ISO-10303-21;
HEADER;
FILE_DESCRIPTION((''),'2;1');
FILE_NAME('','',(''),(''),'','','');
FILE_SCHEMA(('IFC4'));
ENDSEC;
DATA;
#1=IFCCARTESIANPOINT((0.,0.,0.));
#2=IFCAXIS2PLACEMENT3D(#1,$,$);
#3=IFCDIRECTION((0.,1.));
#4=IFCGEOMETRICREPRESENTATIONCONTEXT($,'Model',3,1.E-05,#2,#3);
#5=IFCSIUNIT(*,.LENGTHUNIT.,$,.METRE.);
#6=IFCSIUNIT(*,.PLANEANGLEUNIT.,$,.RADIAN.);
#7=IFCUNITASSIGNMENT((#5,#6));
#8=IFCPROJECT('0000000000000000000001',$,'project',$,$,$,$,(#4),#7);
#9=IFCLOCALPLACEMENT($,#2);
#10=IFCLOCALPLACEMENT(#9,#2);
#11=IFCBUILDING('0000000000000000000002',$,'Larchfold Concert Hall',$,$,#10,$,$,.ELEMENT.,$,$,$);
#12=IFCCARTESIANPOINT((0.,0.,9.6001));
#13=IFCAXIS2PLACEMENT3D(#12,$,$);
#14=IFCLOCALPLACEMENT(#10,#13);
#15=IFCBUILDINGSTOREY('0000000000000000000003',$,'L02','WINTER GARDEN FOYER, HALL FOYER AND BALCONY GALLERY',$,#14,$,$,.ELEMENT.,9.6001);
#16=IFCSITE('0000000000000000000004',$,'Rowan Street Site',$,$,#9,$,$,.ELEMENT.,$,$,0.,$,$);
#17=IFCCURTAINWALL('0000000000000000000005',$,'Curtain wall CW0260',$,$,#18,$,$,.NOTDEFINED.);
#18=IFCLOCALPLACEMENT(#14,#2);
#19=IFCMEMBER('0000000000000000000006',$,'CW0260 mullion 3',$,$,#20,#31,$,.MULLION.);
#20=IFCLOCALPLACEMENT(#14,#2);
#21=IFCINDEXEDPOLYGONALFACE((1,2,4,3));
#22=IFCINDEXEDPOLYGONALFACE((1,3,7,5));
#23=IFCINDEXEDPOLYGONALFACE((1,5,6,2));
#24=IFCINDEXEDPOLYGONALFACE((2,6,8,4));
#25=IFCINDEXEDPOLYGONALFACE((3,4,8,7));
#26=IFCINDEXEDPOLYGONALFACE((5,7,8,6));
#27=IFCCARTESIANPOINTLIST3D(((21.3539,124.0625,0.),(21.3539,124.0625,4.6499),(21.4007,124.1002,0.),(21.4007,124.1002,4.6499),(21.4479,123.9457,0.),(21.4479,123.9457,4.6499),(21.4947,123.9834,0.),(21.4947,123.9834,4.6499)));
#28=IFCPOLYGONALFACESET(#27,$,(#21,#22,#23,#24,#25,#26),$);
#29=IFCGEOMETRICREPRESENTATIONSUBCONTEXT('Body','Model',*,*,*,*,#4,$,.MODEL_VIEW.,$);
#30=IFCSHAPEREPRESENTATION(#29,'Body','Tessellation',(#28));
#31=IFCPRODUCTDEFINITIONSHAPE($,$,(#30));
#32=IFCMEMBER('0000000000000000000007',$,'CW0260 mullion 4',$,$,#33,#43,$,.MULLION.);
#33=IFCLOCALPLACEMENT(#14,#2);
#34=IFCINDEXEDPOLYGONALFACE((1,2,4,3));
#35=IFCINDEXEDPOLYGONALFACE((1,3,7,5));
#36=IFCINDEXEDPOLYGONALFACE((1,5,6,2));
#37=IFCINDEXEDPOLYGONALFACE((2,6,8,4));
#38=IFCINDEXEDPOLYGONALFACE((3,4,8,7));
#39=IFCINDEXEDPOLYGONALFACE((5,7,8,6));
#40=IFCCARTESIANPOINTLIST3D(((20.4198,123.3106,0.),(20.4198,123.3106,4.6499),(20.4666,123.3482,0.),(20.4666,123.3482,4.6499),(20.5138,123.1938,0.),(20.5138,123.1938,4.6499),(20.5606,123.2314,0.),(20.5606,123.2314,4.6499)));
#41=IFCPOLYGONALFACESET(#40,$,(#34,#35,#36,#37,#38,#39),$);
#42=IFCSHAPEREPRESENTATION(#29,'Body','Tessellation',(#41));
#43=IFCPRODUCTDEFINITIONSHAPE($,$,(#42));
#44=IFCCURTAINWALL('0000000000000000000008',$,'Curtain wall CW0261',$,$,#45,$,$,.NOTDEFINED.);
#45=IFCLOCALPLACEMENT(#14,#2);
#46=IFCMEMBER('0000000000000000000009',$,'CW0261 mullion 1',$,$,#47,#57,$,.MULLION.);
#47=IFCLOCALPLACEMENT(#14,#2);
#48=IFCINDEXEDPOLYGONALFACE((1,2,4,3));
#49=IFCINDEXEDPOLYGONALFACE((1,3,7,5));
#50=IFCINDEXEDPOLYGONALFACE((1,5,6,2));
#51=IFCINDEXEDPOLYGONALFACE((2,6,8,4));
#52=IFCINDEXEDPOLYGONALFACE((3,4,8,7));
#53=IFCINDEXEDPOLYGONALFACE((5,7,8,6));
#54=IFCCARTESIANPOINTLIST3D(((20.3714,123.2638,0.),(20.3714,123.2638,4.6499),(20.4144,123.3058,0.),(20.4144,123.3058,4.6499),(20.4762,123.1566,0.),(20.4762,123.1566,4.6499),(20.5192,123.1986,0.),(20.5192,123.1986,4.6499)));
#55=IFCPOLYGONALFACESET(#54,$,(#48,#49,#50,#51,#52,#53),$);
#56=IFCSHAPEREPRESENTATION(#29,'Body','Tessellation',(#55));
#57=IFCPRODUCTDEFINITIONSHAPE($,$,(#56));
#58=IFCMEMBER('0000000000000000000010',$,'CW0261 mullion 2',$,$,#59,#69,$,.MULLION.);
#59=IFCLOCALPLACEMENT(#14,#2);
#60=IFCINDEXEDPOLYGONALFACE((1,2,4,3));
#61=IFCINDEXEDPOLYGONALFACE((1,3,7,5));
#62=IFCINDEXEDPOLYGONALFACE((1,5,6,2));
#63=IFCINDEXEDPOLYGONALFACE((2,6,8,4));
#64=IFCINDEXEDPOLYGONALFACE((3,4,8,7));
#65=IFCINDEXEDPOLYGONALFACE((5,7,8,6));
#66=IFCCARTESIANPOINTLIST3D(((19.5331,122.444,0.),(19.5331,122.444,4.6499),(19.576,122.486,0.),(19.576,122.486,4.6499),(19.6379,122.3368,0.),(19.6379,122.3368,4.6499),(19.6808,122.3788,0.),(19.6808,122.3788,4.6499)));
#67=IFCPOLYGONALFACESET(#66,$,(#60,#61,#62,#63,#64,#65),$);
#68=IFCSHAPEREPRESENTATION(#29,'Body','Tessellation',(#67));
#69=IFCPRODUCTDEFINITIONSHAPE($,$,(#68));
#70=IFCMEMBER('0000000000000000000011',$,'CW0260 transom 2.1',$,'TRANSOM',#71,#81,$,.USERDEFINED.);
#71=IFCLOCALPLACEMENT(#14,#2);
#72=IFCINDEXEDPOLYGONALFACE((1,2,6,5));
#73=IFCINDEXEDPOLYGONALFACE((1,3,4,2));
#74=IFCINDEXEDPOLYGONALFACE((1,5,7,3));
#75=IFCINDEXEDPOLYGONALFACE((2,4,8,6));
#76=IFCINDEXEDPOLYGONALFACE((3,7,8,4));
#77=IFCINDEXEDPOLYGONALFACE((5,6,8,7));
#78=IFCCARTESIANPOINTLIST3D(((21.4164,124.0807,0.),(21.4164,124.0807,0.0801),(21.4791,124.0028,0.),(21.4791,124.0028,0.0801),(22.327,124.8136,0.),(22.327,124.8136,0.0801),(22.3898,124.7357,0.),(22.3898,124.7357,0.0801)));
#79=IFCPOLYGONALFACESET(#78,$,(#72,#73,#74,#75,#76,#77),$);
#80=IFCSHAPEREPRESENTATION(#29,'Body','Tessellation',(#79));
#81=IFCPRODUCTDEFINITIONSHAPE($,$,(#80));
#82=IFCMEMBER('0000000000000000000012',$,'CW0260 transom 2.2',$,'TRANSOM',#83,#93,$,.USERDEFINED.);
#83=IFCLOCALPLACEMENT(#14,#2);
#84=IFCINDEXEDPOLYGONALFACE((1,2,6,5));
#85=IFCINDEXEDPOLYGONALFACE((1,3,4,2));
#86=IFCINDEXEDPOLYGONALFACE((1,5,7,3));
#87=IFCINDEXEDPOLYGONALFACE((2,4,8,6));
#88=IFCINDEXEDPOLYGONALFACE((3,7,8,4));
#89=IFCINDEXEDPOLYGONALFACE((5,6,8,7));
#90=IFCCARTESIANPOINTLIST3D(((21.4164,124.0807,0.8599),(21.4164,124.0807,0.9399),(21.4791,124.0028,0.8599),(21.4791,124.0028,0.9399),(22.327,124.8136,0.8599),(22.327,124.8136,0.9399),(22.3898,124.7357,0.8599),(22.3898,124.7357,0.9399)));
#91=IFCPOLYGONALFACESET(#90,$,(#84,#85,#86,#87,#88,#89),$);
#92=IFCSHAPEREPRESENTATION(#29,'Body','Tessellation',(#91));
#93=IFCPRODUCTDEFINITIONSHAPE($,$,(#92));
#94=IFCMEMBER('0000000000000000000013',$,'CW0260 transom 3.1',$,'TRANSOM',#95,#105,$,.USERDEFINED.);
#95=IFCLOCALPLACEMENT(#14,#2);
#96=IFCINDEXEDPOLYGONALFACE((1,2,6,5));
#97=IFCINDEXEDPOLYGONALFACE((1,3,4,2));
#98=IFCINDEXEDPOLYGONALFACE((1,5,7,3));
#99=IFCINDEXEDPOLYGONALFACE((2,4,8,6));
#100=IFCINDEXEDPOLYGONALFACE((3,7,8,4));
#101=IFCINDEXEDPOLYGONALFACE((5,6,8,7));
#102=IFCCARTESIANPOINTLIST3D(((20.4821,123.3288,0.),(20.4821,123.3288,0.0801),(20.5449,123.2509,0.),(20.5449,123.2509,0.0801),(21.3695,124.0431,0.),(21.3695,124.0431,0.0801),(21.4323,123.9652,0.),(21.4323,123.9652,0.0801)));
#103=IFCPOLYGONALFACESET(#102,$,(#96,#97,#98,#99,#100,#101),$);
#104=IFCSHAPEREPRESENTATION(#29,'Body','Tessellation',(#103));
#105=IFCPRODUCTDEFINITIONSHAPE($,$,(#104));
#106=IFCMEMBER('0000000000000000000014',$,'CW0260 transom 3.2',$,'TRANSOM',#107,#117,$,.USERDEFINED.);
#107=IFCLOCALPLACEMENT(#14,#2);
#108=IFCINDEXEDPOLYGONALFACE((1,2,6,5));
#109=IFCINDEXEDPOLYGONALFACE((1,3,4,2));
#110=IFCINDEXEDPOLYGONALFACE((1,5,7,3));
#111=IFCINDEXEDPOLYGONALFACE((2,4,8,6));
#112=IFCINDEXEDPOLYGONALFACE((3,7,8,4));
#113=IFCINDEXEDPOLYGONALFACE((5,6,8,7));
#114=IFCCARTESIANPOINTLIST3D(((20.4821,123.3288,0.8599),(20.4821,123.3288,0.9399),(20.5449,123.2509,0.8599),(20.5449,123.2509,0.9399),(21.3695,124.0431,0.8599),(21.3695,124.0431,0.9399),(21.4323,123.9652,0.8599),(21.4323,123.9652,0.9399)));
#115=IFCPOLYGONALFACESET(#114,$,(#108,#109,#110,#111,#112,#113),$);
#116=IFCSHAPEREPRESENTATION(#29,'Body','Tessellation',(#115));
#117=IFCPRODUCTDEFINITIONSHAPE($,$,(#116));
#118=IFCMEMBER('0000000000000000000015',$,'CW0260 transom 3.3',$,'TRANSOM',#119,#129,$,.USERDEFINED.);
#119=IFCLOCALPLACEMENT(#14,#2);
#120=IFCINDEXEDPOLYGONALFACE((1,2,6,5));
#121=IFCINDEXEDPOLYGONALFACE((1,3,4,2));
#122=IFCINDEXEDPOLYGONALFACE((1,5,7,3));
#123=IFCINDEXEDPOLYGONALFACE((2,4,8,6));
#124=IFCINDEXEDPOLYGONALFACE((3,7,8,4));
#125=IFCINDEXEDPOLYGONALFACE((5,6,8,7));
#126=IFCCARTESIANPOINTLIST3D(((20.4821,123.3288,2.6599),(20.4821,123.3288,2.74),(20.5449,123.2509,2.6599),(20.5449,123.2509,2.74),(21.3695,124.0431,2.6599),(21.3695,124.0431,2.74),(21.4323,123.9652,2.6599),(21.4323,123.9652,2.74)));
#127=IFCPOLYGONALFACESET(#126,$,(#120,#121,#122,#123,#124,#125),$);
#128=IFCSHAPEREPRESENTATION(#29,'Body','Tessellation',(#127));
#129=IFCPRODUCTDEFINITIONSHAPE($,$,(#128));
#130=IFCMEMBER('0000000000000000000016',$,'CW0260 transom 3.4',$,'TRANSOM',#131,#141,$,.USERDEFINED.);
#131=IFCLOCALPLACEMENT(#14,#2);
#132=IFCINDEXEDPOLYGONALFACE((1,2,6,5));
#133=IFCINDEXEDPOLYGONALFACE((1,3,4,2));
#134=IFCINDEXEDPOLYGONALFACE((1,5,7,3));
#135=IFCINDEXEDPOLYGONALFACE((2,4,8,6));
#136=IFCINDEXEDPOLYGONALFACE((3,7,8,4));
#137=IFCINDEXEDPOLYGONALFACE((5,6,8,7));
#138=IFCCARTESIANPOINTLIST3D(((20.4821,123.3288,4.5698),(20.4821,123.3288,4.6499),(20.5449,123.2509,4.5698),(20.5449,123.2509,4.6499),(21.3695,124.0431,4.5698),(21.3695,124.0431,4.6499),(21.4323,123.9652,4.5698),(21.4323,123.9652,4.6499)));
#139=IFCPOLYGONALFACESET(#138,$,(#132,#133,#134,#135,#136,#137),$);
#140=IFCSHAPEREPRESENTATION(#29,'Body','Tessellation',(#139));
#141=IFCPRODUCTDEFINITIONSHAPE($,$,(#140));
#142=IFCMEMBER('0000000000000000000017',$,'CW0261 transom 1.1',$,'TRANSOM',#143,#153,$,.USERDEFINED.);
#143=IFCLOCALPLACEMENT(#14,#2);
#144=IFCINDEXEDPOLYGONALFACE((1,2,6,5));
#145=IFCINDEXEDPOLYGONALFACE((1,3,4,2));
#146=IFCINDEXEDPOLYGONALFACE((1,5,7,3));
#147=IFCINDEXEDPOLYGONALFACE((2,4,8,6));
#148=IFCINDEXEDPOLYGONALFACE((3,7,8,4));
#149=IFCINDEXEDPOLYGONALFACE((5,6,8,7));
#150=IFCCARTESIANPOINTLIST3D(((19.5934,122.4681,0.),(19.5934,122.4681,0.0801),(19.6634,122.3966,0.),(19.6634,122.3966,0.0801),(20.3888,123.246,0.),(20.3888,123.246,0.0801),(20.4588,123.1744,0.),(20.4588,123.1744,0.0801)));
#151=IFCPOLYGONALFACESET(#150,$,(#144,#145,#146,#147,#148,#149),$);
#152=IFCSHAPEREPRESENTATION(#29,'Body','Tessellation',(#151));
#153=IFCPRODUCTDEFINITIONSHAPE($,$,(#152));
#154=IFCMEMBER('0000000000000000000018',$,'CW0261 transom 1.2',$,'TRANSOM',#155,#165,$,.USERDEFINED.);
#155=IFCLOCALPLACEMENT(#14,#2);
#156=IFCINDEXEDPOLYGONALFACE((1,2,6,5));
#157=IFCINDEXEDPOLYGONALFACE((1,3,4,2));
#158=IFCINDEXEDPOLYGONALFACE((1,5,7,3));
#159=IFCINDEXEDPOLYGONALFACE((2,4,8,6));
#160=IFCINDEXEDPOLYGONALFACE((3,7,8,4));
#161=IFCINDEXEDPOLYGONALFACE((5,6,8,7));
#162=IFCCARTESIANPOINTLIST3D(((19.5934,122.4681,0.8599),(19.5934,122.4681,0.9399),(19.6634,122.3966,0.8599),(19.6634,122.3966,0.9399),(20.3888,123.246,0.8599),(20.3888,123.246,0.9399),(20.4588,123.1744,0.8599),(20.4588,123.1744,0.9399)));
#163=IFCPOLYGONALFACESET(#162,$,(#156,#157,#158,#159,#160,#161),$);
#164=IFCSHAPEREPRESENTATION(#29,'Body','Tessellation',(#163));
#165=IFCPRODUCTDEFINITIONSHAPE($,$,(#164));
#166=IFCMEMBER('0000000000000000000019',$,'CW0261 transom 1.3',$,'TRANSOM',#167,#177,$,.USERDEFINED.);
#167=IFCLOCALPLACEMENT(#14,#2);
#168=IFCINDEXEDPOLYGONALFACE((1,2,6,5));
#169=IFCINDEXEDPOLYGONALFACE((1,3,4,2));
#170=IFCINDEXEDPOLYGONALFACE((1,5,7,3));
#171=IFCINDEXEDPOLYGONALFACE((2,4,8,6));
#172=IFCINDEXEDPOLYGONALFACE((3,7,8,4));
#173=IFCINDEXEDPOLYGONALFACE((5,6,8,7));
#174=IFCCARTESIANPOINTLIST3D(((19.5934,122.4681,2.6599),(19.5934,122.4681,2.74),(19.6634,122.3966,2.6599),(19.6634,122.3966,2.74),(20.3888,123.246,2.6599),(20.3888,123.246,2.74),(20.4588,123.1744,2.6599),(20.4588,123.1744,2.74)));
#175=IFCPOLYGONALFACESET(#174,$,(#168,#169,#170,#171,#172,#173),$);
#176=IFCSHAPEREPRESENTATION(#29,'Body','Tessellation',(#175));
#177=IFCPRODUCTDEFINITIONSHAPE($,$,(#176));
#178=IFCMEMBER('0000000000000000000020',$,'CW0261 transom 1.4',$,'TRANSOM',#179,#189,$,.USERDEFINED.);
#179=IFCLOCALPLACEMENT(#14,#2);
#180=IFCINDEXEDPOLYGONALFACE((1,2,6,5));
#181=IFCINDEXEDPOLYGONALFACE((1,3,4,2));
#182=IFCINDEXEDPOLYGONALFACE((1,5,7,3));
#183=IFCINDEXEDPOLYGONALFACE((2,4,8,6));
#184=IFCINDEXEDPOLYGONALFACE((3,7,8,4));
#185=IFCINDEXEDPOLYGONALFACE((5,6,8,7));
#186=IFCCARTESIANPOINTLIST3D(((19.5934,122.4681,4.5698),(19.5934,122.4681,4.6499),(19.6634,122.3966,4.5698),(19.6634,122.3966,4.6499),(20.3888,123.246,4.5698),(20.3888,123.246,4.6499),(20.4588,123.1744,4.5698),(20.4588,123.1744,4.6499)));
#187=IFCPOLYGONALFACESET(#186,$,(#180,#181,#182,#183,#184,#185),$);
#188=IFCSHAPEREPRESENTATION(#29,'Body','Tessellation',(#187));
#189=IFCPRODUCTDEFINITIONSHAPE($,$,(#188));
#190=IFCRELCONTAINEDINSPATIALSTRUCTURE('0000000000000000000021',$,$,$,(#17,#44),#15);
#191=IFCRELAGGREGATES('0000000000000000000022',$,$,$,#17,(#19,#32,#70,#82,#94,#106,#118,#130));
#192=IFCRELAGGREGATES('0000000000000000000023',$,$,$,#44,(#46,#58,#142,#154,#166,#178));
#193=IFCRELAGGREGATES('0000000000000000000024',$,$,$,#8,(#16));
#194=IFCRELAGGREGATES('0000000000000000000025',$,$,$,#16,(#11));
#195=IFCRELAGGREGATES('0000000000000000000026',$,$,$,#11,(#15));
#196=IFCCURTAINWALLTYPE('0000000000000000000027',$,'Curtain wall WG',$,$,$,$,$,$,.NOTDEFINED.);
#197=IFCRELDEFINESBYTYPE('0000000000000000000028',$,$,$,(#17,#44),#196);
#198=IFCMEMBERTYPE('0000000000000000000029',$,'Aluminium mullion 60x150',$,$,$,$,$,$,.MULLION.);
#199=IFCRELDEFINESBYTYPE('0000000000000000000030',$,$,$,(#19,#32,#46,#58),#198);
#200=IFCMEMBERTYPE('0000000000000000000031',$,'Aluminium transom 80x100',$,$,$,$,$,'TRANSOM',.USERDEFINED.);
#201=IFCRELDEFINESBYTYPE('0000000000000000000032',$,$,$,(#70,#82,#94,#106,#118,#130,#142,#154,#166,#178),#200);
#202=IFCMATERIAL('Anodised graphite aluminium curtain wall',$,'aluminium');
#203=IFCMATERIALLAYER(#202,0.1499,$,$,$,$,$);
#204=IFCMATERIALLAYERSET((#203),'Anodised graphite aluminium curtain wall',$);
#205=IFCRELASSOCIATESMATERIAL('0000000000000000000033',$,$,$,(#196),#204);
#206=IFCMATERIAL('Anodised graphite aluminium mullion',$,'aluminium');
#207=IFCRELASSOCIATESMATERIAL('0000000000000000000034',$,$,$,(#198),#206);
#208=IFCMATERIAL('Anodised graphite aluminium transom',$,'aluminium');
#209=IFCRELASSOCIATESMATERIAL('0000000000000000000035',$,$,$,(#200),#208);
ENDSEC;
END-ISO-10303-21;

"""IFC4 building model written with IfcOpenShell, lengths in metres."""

from ifc_helpers import new_model, si_unit, direction, frame, origin, origin_2d, place, context, subcontext, project, spatial, rectangle, extrude, material, layer, layer_set, material_profile, profile_set, type_object, element, aggregate, save


model = new_model("IFC4")

# Units and contexts
model_context = context("Model", 3, precision=1e-05, world=origin(), true_north=direction((0.0, 1.0)))
body_context = subcontext(model_context, "Body", "Model", "MODEL_VIEW")
ifc_project = project(units=[si_unit("LENGTHUNIT", "METRE"), si_unit("PLANEANGLEUNIT", "RADIAN")], contexts=[model_context])

# Site, building, storey
site_placement = place(None, origin())
site = spatial("IfcSite", under=ifc_project, at=site_placement, Name="Rowan Street Site", CompositionType="ELEMENT", RefElevation=0.0)
building_placement = place(site_placement, origin())
building = spatial("IfcBuilding", under=site, at=building_placement, Name="Larchfold Concert Hall", CompositionType="ELEMENT")
storey_placement = place(building_placement, frame((0.0, 0.0, 9.6001)))
storey = spatial("IfcBuildingStorey", under=building, at=storey_placement, Name="L02", Description="WINTER GARDEN FOYER, HALL FOYER AND BALCONY GALLERY", CompositionType="ELEMENT", Elevation=9.6001)

# Curtain walls, members
ifc_material_1 = material(Name="Anodised graphite aluminium curtain wall", Category="aluminium")
ifc_layer_1 = layer(ifc_material_1, 0.1499)
ifc_layer_set_1 = layer_set([ifc_layer_1], Name="Anodised graphite aluminium curtain wall")
curtain_wall_type = type_object("IfcCurtainWallType", Name="Curtain wall WG", PredefinedType="NOTDEFINED", material=ifc_layer_set_1)
curtain_wall_1_placement = place(storey_placement, origin())
curtain_wall_1 = element("IfcCurtainWall", 1, at=curtain_wall_1_placement, inside=storey, type_object=curtain_wall_type, Name="Curtain wall CW0260", PredefinedType="NOTDEFINED")
ifc_material_2 = material(Name="Anodised graphite aluminium mullion", Category="aluminium")
ifc_material_profile_1 = material_profile(ifc_material_2, rectangle(XDim=0.1499, YDim=0.0601, at=origin_2d()))
ifc_profile_set_1 = profile_set([ifc_material_profile_1], Name="Anodised graphite aluminium mullion")
member_type_1 = type_object("IfcMemberType", Name="Aluminium mullion 60x150", PredefinedType="MULLION", material=ifc_profile_set_1)
member_1_placement = place(storey_placement, frame((21.4243, 124.0229, 0.0), z_axis=(0.0, 0.0, 1.0), x_axis=(0.627002, -0.779018, 0.0)))
member_1 = element("IfcMember", 2, at=member_1_placement, type_object=member_type_1, Name="CW0260 mullion 3", PredefinedType="MULLION", context=body_context, shape_type="SweptSolid", body=[
    extrude(rectangle(XDim=0.1499, YDim=0.0601, at=origin_2d()), origin(), (0.0, 0.0, 1.0), 4.6499),
])
member_2_placement = place(storey_placement, frame((20.4902, 123.271, 0.0), z_axis=(0.0, 0.0, 1.0), x_axis=(0.627002, -0.779018, 0.0)))
member_2 = element("IfcMember", 3, at=member_2_placement, type_object=member_type_1, Name="CW0260 mullion 4", PredefinedType="MULLION", context=body_context, shape_type="SweptSolid", body=[
    extrude(rectangle(XDim=0.1499, YDim=0.0601, at=origin_2d()), origin(), (0.0, 0.0, 1.0), 4.6499),
])
curtain_wall_2_placement = place(storey_placement, origin())
curtain_wall_2 = element("IfcCurtainWall", 4, at=curtain_wall_2_placement, inside=storey, type_object=curtain_wall_type, Name="Curtain wall CW0261", PredefinedType="NOTDEFINED")
member_3_placement = place(storey_placement, frame((20.4453, 123.2312, 0.0), z_axis=(0.0, 0.0, 1.0), x_axis=(0.699146, -0.714979, 0.0)))
member_3 = element("IfcMember", 5, at=member_3_placement, type_object=member_type_1, Name="CW0261 mullion 1", PredefinedType="MULLION", context=body_context, shape_type="SweptSolid", body=[
    extrude(rectangle(XDim=0.1499, YDim=0.0601, at=origin_2d()), origin(), (0.0, 0.0, 1.0), 4.6499),
])
member_4_placement = place(storey_placement, frame((19.6069, 122.4114, 0.0), z_axis=(0.0, 0.0, 1.0), x_axis=(0.699146, -0.714979, 0.0)))
member_4 = element("IfcMember", 6, at=member_4_placement, type_object=member_type_1, Name="CW0261 mullion 2", PredefinedType="MULLION", context=body_context, shape_type="SweptSolid", body=[
    extrude(rectangle(XDim=0.1499, YDim=0.0601, at=origin_2d()), origin(), (0.0, 0.0, 1.0), 4.6499),
])

# Members
ifc_material_3 = material(Name="Anodised graphite aluminium transom", Category="aluminium")
ifc_material_profile_2 = material_profile(ifc_material_3, rectangle(XDim=0.1001, YDim=0.0801, at=origin_2d()))
ifc_profile_set_2 = profile_set([ifc_material_profile_2], Name="Anodised graphite aluminium transom")
member_type_2 = type_object("IfcMemberType", Name="Aluminium transom 80x100", ElementType="TRANSOM", PredefinedType="USERDEFINED", material=ifc_profile_set_2)
member_5_placement = place(storey_placement, frame((22.3584, 124.7747, 0.04), z_axis=(-0.779032, -0.626985, 0.0), x_axis=(0.626985, -0.779032, 0.0)))
member_5 = element("IfcMember", 7, at=member_5_placement, type_object=member_type_2, Name="CW0260 transom 2.1", ObjectType="TRANSOM", PredefinedType="USERDEFINED", context=body_context, shape_type="SweptSolid", body=[
    extrude(rectangle(XDim=0.1001, YDim=0.0801, at=origin_2d()), origin(), (0.0, 0.0, 1.0), 1.1689),
])
member_6_placement = place(storey_placement, frame((22.3584, 124.7747, 0.8999), z_axis=(-0.779032, -0.626985, 0.0), x_axis=(0.626985, -0.779032, 0.0)))
member_6 = element("IfcMember", 8, at=member_6_placement, type_object=member_type_2, Name="CW0260 transom 2.2", ObjectType="TRANSOM", PredefinedType="USERDEFINED", context=body_context, shape_type="SweptSolid", body=[
    extrude(rectangle(XDim=0.1001, YDim=0.0801, at=origin_2d()), origin(), (0.0, 0.0, 1.0), 1.1689),
])
member_7_placement = place(storey_placement, frame((21.4009, 124.0042, 0.04), z_axis=(-0.778984, -0.627044, 0.0), x_axis=(0.627044, -0.778984, 0.0)))
member_7 = element("IfcMember", 9, at=member_7_placement, type_object=member_type_2, Name="CW0260 transom 3.1", ObjectType="TRANSOM", PredefinedType="USERDEFINED", context=body_context, shape_type="SweptSolid", body=[
    extrude(rectangle(XDim=0.1001, YDim=0.0801, at=origin_2d()), origin(), (0.0, 0.0, 1.0), 1.1392),
])
member_8_placement = place(storey_placement, frame((21.4009, 124.0042, 0.8999), z_axis=(-0.778984, -0.627044, 0.0), x_axis=(0.627044, -0.778984, 0.0)))
member_8 = element("IfcMember", 10, at=member_8_placement, type_object=member_type_2, Name="CW0260 transom 3.2", ObjectType="TRANSOM", PredefinedType="USERDEFINED", context=body_context, shape_type="SweptSolid", body=[
    extrude(rectangle(XDim=0.1001, YDim=0.0801, at=origin_2d()), origin(), (0.0, 0.0, 1.0), 1.1392),
])
member_9_placement = place(storey_placement, frame((21.4009, 124.0042, 2.7), z_axis=(-0.778984, -0.627044, 0.0), x_axis=(0.627044, -0.778984, 0.0)))
member_9 = element("IfcMember", 11, at=member_9_placement, type_object=member_type_2, Name="CW0260 transom 3.3", ObjectType="TRANSOM", PredefinedType="USERDEFINED", context=body_context, shape_type="SweptSolid", body=[
    extrude(rectangle(XDim=0.1001, YDim=0.0801, at=origin_2d()), origin(), (0.0, 0.0, 1.0), 1.1392),
])
member_10_placement = place(storey_placement, frame((21.4009, 124.0042, 4.6099), z_axis=(-0.778984, -0.627044, 0.0), x_axis=(0.627044, -0.778984, 0.0)))
member_10 = element("IfcMember", 12, at=member_10_placement, type_object=member_type_2, Name="CW0260 transom 3.4", ObjectType="TRANSOM", PredefinedType="USERDEFINED", context=body_context, shape_type="SweptSolid", body=[
    extrude(rectangle(XDim=0.1001, YDim=0.0801, at=origin_2d()), origin(), (0.0, 0.0, 1.0), 1.1392),
])
member_11_placement = place(storey_placement, frame((20.4238, 123.2102, 0.04), z_axis=(-0.714963, -0.699163, 0.0), x_axis=(0.699163, -0.714963, 0.0)))
member_11 = element("IfcMember", 13, at=member_11_placement, type_object=member_type_2, Name="CW0261 transom 1.1", ObjectType="TRANSOM", PredefinedType="USERDEFINED", context=body_context, shape_type="SweptSolid", body=[
    extrude(rectangle(XDim=0.1001, YDim=0.0801, at=origin_2d()), origin(), (0.0, 0.0, 1.0), 1.1125),
])
member_12_placement = place(storey_placement, frame((20.4238, 123.2102, 0.8999), z_axis=(-0.714963, -0.699163, 0.0), x_axis=(0.699163, -0.714963, 0.0)))
member_12 = element("IfcMember", 14, at=member_12_placement, type_object=member_type_2, Name="CW0261 transom 1.2", ObjectType="TRANSOM", PredefinedType="USERDEFINED", context=body_context, shape_type="SweptSolid", body=[
    extrude(rectangle(XDim=0.1001, YDim=0.0801, at=origin_2d()), origin(), (0.0, 0.0, 1.0), 1.1125),
])
member_13_placement = place(storey_placement, frame((20.4238, 123.2102, 2.7), z_axis=(-0.714963, -0.699163, 0.0), x_axis=(0.699163, -0.714963, 0.0)))
member_13 = element("IfcMember", 15, at=member_13_placement, type_object=member_type_2, Name="CW0261 transom 1.3", ObjectType="TRANSOM", PredefinedType="USERDEFINED", context=body_context, shape_type="SweptSolid", body=[
    extrude(rectangle(XDim=0.1001, YDim=0.0801, at=origin_2d()), origin(), (0.0, 0.0, 1.0), 1.1125),
])
member_14_placement = place(storey_placement, frame((20.4238, 123.2102, 4.6099), z_axis=(-0.714963, -0.699163, 0.0), x_axis=(0.699163, -0.714963, 0.0)))
member_14 = element("IfcMember", 16, at=member_14_placement, type_object=member_type_2, Name="CW0261 transom 1.4", ObjectType="TRANSOM", PredefinedType="USERDEFINED", context=body_context, shape_type="SweptSolid", body=[
    extrude(rectangle(XDim=0.1001, YDim=0.0801, at=origin_2d()), origin(), (0.0, 0.0, 1.0), 1.1125),
])

aggregate(curtain_wall_1, [member_1, member_2, member_5, member_6, member_7, member_8, member_9, member_10])
aggregate(curtain_wall_2, [member_3, member_4, member_11, member_12, member_13, member_14])

save(model, "model.ifc")
